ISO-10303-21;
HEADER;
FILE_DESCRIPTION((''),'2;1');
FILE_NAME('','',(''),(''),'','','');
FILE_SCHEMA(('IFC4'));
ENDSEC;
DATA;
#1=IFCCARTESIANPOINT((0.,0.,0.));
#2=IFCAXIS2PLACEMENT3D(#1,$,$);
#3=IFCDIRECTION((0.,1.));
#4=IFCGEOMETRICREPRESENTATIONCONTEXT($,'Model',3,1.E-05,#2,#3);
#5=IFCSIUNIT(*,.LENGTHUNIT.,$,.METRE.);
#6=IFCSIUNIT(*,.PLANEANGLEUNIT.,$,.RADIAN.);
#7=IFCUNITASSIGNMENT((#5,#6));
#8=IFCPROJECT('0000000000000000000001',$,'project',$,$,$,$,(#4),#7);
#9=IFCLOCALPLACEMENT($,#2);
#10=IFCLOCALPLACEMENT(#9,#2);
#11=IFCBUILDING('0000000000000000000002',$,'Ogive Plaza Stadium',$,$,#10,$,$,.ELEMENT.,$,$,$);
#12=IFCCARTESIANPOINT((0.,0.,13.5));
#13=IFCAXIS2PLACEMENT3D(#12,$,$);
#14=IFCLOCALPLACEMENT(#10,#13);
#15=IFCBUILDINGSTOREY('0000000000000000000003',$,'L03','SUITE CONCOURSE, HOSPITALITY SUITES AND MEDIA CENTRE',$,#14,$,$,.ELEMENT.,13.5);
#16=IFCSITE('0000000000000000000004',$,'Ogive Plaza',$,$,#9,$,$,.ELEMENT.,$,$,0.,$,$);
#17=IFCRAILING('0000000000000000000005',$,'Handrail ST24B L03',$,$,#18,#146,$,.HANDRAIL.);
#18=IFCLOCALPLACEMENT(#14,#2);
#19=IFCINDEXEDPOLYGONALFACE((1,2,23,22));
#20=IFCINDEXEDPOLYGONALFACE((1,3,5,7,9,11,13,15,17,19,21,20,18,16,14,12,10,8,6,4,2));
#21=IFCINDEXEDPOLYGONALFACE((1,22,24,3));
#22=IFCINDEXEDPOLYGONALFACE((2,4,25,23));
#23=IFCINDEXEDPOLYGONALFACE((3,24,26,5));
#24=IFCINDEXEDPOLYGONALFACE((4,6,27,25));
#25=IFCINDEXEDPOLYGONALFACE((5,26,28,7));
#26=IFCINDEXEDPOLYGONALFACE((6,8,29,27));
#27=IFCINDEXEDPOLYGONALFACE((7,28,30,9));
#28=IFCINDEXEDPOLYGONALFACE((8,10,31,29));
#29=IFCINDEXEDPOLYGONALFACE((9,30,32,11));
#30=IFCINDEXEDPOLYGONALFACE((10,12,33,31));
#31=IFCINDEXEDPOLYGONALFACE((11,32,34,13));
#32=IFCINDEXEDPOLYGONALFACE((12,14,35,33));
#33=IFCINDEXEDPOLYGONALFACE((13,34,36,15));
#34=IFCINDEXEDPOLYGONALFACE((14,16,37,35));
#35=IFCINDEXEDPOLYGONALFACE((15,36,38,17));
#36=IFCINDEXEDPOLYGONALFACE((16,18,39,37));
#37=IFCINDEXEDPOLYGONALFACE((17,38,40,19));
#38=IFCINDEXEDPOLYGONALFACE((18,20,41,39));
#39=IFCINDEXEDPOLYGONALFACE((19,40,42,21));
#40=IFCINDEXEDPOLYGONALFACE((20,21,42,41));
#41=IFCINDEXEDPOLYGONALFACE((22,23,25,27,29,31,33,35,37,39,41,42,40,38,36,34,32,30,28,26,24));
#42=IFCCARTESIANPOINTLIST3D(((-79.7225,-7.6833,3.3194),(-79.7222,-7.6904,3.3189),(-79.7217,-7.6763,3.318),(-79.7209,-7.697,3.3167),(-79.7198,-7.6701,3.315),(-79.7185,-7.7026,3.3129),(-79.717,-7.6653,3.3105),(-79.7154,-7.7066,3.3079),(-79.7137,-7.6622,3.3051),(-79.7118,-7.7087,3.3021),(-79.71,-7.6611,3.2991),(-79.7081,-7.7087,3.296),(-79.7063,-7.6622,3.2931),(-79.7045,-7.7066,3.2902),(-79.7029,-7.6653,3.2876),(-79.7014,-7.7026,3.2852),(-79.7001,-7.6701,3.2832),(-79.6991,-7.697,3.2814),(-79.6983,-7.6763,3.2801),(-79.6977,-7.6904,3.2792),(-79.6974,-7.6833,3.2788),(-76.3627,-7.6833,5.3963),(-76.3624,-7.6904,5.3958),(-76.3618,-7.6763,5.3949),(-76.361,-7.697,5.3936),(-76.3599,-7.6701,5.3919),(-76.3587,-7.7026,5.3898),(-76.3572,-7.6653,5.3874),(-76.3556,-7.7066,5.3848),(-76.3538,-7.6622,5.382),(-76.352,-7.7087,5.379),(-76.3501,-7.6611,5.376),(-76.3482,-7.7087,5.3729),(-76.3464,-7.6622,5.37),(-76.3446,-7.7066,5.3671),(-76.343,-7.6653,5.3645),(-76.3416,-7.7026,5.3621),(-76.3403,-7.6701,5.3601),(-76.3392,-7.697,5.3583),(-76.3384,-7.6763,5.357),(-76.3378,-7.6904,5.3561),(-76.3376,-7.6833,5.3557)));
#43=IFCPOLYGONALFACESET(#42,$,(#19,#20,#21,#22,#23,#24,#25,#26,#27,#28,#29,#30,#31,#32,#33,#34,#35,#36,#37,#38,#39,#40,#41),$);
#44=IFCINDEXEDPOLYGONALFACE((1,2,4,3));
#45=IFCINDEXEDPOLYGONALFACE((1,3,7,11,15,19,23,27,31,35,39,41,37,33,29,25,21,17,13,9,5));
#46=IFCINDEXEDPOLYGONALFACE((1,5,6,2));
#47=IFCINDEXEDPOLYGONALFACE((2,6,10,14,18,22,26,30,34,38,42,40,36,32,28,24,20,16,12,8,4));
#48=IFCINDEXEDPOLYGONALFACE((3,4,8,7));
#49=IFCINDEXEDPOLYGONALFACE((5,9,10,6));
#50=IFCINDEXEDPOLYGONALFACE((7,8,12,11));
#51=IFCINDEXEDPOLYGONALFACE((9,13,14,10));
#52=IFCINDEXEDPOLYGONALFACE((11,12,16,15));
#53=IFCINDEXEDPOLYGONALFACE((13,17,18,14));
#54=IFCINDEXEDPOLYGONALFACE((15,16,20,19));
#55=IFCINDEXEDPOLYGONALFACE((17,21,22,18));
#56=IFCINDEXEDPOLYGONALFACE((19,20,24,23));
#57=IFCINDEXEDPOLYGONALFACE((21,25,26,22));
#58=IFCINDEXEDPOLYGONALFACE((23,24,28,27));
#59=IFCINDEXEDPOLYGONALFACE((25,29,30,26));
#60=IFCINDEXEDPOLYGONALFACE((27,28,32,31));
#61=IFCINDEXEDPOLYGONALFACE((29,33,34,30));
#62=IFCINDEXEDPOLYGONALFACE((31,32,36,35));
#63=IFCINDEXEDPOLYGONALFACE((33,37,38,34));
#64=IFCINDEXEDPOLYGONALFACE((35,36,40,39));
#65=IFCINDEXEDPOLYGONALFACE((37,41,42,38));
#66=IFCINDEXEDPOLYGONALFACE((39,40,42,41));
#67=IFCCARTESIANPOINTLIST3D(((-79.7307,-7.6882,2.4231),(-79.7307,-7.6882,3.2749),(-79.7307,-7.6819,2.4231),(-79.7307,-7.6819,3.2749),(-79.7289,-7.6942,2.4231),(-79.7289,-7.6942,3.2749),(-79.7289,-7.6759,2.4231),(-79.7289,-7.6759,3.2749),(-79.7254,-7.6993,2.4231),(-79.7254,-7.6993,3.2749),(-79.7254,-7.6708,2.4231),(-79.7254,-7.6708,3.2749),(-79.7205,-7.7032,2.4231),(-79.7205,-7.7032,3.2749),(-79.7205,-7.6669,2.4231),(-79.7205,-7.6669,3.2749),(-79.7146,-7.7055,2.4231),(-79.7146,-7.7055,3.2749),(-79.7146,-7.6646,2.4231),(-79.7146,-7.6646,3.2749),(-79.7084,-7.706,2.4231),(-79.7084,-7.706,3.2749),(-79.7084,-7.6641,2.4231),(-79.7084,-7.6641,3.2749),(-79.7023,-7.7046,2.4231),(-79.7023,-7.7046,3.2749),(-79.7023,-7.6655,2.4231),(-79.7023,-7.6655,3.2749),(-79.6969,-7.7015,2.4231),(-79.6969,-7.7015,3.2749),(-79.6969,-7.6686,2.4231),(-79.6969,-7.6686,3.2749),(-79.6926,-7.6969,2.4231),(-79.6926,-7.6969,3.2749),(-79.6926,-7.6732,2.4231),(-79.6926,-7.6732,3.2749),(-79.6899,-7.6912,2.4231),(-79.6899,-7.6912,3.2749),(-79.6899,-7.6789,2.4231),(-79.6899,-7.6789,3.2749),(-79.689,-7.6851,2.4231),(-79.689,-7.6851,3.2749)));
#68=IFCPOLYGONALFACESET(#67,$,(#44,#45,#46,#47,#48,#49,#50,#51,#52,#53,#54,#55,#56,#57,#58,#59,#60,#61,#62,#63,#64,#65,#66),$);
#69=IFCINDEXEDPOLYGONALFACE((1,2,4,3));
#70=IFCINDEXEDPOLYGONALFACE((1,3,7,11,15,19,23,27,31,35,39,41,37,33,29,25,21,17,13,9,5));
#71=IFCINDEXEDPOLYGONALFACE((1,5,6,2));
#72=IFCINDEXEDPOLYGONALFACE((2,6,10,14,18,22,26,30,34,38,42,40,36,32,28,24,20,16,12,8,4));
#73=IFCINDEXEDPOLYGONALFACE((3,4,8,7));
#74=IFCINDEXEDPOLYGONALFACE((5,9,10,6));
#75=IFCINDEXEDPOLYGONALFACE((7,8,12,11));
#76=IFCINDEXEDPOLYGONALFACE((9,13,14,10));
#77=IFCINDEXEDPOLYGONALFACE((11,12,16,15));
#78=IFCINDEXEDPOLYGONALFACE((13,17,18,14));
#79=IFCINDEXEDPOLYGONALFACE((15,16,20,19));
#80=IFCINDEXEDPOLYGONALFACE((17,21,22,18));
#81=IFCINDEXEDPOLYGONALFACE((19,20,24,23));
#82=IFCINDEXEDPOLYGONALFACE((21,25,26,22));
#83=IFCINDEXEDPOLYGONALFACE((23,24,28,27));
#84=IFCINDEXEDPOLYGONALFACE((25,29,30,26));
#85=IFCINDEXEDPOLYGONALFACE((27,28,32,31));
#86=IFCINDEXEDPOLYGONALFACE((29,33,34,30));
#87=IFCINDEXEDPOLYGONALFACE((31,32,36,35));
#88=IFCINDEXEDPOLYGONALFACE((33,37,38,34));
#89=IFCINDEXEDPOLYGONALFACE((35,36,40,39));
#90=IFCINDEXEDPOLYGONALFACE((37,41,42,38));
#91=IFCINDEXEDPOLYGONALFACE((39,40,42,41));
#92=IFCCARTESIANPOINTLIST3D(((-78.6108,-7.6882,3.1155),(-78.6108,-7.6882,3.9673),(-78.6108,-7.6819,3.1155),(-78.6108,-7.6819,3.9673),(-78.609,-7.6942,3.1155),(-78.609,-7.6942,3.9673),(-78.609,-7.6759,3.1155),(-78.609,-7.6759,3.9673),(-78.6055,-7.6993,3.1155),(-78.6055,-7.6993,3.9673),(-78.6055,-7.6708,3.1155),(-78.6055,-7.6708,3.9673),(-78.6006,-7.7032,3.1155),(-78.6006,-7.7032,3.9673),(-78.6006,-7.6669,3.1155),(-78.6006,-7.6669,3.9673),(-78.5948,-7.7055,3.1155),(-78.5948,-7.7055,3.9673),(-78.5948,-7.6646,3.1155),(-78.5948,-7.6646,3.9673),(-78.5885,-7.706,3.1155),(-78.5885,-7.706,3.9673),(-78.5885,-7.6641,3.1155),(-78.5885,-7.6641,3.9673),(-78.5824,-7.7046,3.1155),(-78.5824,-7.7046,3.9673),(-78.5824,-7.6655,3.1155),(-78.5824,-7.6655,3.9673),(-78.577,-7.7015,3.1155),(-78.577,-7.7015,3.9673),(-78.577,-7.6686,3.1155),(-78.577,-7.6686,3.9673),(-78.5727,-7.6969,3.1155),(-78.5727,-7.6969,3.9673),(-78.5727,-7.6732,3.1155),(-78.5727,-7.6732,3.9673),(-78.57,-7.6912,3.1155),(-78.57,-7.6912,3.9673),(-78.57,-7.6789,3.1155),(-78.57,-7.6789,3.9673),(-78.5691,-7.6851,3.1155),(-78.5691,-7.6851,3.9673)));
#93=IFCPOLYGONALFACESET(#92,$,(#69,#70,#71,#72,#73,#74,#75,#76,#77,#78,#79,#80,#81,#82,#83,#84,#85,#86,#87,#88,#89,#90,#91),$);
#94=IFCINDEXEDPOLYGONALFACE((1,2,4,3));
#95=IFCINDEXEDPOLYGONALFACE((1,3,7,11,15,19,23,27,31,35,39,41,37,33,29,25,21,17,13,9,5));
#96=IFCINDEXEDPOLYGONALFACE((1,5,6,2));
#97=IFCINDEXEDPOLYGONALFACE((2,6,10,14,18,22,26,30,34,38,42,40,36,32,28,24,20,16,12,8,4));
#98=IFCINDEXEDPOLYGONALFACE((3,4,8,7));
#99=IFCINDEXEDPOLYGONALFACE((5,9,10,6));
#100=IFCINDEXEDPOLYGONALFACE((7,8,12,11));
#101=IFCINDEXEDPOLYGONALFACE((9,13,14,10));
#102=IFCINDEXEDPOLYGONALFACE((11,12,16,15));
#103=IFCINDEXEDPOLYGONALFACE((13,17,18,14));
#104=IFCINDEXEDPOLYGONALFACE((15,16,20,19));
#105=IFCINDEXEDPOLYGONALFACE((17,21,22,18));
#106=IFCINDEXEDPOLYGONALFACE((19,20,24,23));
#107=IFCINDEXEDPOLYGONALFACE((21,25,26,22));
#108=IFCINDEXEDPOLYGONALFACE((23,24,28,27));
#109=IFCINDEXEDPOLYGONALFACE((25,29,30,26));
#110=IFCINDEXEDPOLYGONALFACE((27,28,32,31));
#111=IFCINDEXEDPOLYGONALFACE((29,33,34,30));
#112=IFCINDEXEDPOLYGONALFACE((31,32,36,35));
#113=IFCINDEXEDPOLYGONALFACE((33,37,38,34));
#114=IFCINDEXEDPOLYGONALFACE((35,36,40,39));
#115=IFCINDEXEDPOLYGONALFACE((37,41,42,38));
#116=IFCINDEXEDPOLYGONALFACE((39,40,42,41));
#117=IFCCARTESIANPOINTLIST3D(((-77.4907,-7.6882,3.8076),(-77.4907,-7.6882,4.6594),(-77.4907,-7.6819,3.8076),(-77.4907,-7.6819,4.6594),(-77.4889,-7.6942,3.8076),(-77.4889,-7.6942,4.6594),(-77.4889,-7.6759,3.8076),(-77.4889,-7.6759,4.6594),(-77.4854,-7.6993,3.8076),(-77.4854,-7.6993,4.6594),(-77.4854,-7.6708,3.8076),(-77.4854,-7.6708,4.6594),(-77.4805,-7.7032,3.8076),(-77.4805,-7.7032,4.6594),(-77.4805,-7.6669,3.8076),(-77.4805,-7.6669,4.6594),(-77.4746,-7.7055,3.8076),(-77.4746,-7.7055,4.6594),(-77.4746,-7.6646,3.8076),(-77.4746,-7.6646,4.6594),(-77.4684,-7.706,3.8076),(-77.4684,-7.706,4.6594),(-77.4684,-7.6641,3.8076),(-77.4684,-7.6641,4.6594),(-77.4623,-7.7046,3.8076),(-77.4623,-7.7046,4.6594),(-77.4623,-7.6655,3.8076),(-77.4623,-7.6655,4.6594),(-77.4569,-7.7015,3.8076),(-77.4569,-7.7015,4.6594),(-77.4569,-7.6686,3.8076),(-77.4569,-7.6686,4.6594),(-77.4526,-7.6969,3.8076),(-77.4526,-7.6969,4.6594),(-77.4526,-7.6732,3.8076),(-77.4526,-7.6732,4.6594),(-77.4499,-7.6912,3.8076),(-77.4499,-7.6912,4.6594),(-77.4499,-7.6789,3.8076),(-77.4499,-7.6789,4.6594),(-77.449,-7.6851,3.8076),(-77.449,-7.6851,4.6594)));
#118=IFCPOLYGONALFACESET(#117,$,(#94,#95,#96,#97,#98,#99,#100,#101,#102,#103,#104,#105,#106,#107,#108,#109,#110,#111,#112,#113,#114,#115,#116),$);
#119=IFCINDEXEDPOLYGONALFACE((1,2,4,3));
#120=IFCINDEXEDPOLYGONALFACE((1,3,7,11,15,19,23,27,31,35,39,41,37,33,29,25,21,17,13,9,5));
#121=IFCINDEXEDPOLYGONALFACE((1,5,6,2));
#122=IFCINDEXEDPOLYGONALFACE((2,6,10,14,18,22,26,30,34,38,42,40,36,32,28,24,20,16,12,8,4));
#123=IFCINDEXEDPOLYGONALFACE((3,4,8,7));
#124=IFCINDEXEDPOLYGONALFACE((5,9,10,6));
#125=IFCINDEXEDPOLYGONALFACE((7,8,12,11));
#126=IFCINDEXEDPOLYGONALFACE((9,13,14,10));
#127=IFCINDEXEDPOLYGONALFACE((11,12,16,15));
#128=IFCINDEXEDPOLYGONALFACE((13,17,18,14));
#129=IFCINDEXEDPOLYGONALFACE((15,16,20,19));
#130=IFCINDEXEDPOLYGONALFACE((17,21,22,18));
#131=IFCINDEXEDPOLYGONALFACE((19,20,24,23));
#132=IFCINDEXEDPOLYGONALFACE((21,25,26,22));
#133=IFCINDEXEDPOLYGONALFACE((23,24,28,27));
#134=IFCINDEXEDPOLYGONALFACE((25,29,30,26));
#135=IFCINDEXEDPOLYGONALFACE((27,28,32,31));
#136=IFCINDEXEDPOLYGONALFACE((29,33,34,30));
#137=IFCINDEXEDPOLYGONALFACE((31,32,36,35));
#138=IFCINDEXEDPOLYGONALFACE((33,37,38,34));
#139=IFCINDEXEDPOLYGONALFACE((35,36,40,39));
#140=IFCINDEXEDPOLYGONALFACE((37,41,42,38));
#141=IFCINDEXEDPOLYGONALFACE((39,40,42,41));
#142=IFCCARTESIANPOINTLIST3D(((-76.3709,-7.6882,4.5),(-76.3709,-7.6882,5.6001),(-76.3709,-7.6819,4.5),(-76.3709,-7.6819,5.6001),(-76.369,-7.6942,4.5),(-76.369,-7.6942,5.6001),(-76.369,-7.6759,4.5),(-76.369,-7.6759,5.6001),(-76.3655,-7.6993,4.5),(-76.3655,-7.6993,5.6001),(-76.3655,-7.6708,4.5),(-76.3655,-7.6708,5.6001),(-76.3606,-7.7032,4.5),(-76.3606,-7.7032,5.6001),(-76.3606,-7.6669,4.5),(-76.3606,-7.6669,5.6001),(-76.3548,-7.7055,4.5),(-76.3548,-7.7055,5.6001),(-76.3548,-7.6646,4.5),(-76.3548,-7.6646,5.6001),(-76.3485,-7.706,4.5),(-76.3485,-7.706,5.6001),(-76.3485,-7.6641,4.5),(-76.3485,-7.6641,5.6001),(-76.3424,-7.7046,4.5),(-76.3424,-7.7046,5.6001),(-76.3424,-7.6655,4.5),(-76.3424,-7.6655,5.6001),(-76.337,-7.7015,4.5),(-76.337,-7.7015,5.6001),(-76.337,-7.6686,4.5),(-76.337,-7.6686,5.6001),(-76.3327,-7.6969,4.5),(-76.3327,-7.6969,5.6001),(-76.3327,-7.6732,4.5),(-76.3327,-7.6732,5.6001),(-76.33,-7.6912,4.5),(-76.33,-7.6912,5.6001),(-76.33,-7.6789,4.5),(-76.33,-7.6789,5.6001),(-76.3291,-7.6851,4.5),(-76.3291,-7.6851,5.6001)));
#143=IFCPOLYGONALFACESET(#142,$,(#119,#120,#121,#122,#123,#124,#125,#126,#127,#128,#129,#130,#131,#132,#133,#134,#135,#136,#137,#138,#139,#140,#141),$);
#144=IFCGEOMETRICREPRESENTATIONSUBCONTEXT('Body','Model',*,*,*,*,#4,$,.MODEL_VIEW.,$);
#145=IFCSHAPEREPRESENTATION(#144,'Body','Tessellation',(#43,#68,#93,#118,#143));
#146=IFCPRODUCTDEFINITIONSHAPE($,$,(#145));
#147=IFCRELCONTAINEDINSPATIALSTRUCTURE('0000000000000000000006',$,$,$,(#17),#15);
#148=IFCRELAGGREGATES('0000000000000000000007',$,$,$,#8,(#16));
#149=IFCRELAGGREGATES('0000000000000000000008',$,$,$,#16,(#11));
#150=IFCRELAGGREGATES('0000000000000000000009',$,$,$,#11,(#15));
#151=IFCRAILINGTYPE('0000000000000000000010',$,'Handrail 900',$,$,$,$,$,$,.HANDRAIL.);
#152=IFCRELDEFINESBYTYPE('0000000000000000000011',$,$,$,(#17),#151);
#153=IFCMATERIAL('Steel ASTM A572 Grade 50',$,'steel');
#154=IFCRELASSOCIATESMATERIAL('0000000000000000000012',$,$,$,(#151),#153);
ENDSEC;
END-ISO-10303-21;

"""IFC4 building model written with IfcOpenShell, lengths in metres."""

from ifc_helpers import new_model, si_unit, direction, frame, origin, origin_2d, place, context, subcontext, project, spatial, circle, extrude, material, type_object, element, save


model = new_model("IFC4")

# Units and contexts
model_context = context("Model", 3, precision=1e-05, world=origin(), true_north=direction((0.0, 1.0)))
body_context = subcontext(model_context, "Body", "Model", "MODEL_VIEW")
ifc_project = project(units=[si_unit("LENGTHUNIT", "METRE"), si_unit("PLANEANGLEUNIT", "RADIAN")], contexts=[model_context])

# Site, building, storey
site_placement = place(None, origin())
site = spatial("IfcSite", under=ifc_project, at=site_placement, Name="Ogive Plaza", CompositionType="ELEMENT", RefElevation=0.0)
building_placement = place(site_placement, origin())
building = spatial("IfcBuilding", under=site, at=building_placement, Name="Ogive Plaza Stadium", CompositionType="ELEMENT")
storey_placement = place(building_placement, frame((0.0, 0.0, 13.5)))
storey = spatial("IfcBuildingStorey", under=building, at=storey_placement, Name="L03", Description="SUITE CONCOURSE, HOSPITALITY SUITES AND MEDIA CENTRE", CompositionType="ELEMENT", Elevation=13.5)

# Railing
ifc_material_1 = material(Name="Steel ASTM A572 Grade 50", Category="steel")
railing_type_1 = type_object("IfcRailingType", Name="Handrail 900", PredefinedType="HANDRAIL", material=ifc_material_1)
for number, where, name in (
    (1, (-79.71, -7.6851, 2.4231), "Handrail ST24B L03"),
):
    element("IfcRailing", number, at=place(storey_placement, frame(where)), inside=storey, type_object=railing_type_1, Name=name, PredefinedType="HANDRAIL", context=body_context, shape_type="SweptSolid", body=[
        extrude(circle(Radius=0.0239, at=origin_2d()), frame((0.0, 0.0, 0.876), z_axis=(0.850606, 0.0, 0.525803), x_axis=(0.0, 1.0, 0.0)), (0.0, 0.0, 1.0), 3.95),
        extrude(circle(Radius=0.021, at=origin_2d()), origin(), (0.0, 0.0, 1.0), 0.8518),
        extrude(circle(Radius=0.021, at=origin_2d()), frame((1.1199, 0.0, 0.6924)), (0.0, 0.0, 1.0), 0.8518),
        extrude(circle(Radius=0.021, at=origin_2d()), frame((2.24, 0.0, 1.3845)), (0.0, 0.0, 1.0), 0.8518),
        extrude(circle(Radius=0.021, at=origin_2d()), frame((3.3599, 0.0, 2.0769)), (0.0, 0.0, 1.0), 1.1001),
    ])

save(model, "model.ifc")
